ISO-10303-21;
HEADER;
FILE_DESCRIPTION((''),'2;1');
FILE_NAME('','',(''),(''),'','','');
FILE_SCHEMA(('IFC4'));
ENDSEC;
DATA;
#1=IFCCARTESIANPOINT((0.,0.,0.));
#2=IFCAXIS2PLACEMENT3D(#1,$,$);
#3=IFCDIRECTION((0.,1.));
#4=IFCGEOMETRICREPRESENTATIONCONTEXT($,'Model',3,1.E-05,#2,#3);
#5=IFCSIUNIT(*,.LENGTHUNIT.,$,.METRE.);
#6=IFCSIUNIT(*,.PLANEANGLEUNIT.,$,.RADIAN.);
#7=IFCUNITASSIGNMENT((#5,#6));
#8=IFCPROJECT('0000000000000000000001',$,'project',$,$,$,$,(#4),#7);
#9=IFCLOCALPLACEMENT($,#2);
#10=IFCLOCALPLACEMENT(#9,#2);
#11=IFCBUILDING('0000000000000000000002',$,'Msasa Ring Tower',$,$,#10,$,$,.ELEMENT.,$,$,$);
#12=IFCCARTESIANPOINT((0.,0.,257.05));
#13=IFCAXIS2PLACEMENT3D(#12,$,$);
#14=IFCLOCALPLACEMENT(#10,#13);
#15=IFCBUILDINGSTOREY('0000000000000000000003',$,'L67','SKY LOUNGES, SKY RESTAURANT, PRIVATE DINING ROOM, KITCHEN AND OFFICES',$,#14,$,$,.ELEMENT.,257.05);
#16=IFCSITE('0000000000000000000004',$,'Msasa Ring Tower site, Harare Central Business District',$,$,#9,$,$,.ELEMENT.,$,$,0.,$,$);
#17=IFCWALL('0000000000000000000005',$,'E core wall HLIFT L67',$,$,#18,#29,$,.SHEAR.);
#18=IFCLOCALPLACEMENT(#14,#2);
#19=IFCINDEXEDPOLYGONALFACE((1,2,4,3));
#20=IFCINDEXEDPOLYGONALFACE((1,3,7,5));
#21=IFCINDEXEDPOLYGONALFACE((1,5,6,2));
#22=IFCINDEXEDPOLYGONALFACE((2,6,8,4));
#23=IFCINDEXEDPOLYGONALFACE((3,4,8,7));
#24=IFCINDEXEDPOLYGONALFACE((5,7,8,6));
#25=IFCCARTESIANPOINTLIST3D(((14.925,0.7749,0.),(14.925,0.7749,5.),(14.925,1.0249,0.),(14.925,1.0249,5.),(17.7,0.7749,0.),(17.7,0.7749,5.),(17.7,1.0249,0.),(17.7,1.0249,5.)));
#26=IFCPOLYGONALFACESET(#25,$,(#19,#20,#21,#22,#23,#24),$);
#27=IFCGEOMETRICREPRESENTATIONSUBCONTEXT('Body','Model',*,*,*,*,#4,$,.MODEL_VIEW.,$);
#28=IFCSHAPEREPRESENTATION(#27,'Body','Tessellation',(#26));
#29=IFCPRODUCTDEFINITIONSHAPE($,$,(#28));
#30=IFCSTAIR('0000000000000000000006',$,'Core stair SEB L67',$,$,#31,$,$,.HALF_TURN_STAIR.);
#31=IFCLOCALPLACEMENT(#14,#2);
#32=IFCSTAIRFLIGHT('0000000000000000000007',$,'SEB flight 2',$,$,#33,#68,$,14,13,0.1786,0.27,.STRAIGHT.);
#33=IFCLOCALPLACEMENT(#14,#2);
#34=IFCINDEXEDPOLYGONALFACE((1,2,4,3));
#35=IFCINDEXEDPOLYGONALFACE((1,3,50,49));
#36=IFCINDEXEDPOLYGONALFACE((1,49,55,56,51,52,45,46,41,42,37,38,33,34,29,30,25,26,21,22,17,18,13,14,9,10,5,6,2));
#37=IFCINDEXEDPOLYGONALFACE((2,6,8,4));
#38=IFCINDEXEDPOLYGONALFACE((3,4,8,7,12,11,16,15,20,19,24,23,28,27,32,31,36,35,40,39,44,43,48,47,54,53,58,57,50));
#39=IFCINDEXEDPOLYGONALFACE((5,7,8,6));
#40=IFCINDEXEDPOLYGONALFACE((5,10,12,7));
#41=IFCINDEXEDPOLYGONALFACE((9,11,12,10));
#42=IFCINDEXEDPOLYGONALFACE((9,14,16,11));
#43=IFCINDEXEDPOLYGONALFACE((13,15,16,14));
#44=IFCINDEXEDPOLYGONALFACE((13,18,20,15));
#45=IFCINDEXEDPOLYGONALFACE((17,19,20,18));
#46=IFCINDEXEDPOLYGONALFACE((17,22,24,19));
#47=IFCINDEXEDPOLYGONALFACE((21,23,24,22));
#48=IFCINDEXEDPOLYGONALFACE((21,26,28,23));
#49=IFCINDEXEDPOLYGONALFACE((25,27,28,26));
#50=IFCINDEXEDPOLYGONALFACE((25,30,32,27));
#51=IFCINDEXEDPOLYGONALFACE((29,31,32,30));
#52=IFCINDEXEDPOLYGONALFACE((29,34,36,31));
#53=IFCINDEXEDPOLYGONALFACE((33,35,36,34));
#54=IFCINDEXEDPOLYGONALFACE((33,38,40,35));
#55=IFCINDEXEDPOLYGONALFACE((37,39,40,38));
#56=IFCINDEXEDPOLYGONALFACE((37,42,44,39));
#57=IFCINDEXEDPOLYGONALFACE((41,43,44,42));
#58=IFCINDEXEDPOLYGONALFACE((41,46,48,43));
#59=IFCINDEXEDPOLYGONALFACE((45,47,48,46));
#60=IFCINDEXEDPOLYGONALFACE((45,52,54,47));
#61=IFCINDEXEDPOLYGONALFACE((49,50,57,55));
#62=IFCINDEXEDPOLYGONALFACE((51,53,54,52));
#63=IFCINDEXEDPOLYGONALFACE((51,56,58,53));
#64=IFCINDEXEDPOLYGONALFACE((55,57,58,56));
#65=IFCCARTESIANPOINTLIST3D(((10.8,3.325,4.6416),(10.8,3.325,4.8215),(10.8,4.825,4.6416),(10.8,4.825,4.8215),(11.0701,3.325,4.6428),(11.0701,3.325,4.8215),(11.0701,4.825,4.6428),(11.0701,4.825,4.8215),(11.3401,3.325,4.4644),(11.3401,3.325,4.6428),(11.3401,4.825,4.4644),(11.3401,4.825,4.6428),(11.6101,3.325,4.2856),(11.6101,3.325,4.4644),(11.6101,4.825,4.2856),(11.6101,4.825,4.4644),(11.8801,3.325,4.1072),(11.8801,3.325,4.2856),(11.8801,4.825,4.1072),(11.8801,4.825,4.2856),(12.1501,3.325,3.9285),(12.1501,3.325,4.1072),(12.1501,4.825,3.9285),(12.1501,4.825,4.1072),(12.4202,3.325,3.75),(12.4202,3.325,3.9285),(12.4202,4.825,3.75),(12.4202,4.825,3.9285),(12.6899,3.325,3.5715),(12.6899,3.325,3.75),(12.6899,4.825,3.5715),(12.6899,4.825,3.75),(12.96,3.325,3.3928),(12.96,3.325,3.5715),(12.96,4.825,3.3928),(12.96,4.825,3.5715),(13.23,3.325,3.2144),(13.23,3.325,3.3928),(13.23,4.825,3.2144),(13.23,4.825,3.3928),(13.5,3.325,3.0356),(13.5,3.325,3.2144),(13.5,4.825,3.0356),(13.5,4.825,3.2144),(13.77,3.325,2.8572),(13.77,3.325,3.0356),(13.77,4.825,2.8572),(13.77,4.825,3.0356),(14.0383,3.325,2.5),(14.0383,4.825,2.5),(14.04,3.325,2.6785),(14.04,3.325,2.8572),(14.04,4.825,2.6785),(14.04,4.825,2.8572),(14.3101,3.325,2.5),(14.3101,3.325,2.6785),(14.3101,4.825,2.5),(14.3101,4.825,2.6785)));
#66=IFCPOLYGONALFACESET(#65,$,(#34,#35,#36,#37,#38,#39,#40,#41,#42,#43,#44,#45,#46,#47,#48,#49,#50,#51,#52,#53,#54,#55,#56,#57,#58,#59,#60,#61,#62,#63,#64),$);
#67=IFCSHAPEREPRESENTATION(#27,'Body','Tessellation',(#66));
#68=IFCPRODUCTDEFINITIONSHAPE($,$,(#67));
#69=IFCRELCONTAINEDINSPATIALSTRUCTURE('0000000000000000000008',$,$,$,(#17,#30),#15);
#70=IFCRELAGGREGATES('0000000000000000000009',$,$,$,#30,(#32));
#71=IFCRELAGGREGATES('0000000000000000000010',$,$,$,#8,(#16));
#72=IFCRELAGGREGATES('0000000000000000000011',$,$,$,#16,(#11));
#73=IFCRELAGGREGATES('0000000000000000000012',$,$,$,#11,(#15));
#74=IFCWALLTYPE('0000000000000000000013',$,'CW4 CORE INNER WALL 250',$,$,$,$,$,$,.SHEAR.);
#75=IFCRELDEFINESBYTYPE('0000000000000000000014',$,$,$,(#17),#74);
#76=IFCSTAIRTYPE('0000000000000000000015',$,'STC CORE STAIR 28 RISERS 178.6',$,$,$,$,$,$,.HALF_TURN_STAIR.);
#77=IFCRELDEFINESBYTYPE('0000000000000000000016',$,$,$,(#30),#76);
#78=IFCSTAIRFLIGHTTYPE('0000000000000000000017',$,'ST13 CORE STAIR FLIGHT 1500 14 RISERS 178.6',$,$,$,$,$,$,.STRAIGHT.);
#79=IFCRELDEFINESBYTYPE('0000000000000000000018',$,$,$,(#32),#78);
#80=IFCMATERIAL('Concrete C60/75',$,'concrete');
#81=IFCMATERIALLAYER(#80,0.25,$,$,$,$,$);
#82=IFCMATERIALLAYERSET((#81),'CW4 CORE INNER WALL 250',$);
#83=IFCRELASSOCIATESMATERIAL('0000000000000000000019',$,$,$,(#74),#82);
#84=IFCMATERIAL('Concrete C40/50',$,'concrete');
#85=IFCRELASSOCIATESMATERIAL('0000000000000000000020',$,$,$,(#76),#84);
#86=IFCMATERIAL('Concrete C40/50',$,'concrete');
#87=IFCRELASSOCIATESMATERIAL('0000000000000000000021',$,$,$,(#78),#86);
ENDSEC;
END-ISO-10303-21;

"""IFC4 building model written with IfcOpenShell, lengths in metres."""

from ifc_helpers import new_model, si_unit, direction, frame, frame_2d, origin, place, context, subcontext, project, spatial, polyline, rectangle, outline, extrude, material, layer, layer_set, type_object, element, aggregate, save


model = new_model("IFC4")

# Units and contexts
model_context = context("Model", 3, precision=1e-05, world=origin(), true_north=direction((0.0, 1.0)))
body_context = subcontext(model_context, "Body", "Model", "MODEL_VIEW")
ifc_project = project(units=[si_unit("LENGTHUNIT", "METRE"), si_unit("PLANEANGLEUNIT", "RADIAN")], contexts=[model_context])

# Site, building, storey
site_placement = place(None, origin())
site = spatial("IfcSite", under=ifc_project, at=site_placement, Name="Msasa Ring Tower site, Harare Central Business District", CompositionType="ELEMENT", RefElevation=0.0)
building_placement = place(site_placement, origin())
building = spatial("IfcBuilding", under=site, at=building_placement, Name="Msasa Ring Tower", CompositionType="ELEMENT")
storey_placement = place(building_placement, frame((0.0, 0.0, 257.05)))
storey = spatial("IfcBuildingStorey", under=building, at=storey_placement, Name="L67", Description="SKY LOUNGES, SKY RESTAURANT, PRIVATE DINING ROOM, KITCHEN AND OFFICES", CompositionType="ELEMENT", Elevation=257.05)

# Wall
ifc_material_1 = material(Name="Concrete C60/75", Category="concrete")
ifc_layer_1 = layer(ifc_material_1, 0.25)
ifc_layer_set_1 = layer_set([ifc_layer_1], Name="CW4 CORE INNER WALL 250")
wall_type = type_object("IfcWallType", Name="CW4 CORE INNER WALL 250", PredefinedType="SHEAR", material=ifc_layer_set_1)
wall_1_placement = place(storey_placement, frame((14.925, 0.8999, 0.0), z_axis=(0.0, 0.0, 1.0), x_axis=(1.0, 0.0, 0.0)))
element("IfcWall", 1, at=wall_1_placement, inside=storey, type_object=wall_type, Name="E core wall HLIFT L67", PredefinedType="SHEAR", context=body_context, shape_type="SweptSolid", body=[
    extrude(rectangle(XDim=2.7749, YDim=0.25, at=frame_2d((1.3875, 0.0))), origin(), (0.0, 0.0, 1.0), 5.0),
])

# Stair, stair flight
ifc_material_2 = material(Name="Concrete C40/50", Category="concrete")
stair_type = type_object("IfcStairType", Name="STC CORE STAIR 28 RISERS 178.6", PredefinedType="HALF_TURN_STAIR", material=ifc_material_2)
stair_placement = place(storey_placement, origin())
stair = element("IfcStair", 2, at=stair_placement, inside=storey, type_object=stair_type, Name="Core stair SEB L67", PredefinedType="HALF_TURN_STAIR")
ifc_material_3 = material(Name="Concrete C40/50", Category="concrete")
stair_flight_type = type_object("IfcStairFlightType", Name="ST13 CORE STAIR FLIGHT 1500 14 RISERS 178.6", PredefinedType="STRAIGHT", material=ifc_material_3)
stair_flight_placement = place(storey_placement, frame((14.3101, 4.075, 2.5), z_axis=(0.0, 0.0, 1.0), x_axis=(-1.0, 0.0, 0.0)))
stair_flight = element("IfcStairFlight", 3, at=stair_flight_placement, type_object=stair_flight_type, Name="SEB flight 2", NumberOfRisers=14, NumberOfTreads=13, PredefinedType="STRAIGHT", RiserHeight=0.1786, TreadLength=0.27, context=body_context, shape_type="SweptSolid", body=[
    extrude(outline(polyline([(0.0, 0.0), (0.0, 0.1785), (0.27, 0.1785), (0.27, 0.3572), (0.54, 0.3572), (0.54, 0.5356), (0.8101, 0.5356), (0.8101, 0.7144), (1.0801, 0.7144), (1.0801, 0.8928), (1.3501, 0.8928), (1.3501, 1.0715), (1.6201, 1.0715), (1.6201, 1.25), (1.8899, 1.25), (1.8899, 1.4285), (2.1599, 1.4285), (2.1599, 1.6072), (2.4299, 1.6072), (2.4299, 1.7856), (2.7, 1.7856), (2.7, 1.9644), (2.97, 1.9644), (2.97, 2.1428), (3.24, 2.1428), (3.24, 2.3215), (3.51, 2.3215), (3.51, 2.5), (3.51, 2.1416), (0.2717, 0.0), (0.0, 0.0)])), frame((0.0, 0.75, 0.0), z_axis=(0.0, -1.0, 0.0), x_axis=(1.0, 0.0, 0.0)), (0.0, 0.0, 1.0), 1.5),
])
aggregate(stair, [stair_flight])

save(model, "model.ifc")
